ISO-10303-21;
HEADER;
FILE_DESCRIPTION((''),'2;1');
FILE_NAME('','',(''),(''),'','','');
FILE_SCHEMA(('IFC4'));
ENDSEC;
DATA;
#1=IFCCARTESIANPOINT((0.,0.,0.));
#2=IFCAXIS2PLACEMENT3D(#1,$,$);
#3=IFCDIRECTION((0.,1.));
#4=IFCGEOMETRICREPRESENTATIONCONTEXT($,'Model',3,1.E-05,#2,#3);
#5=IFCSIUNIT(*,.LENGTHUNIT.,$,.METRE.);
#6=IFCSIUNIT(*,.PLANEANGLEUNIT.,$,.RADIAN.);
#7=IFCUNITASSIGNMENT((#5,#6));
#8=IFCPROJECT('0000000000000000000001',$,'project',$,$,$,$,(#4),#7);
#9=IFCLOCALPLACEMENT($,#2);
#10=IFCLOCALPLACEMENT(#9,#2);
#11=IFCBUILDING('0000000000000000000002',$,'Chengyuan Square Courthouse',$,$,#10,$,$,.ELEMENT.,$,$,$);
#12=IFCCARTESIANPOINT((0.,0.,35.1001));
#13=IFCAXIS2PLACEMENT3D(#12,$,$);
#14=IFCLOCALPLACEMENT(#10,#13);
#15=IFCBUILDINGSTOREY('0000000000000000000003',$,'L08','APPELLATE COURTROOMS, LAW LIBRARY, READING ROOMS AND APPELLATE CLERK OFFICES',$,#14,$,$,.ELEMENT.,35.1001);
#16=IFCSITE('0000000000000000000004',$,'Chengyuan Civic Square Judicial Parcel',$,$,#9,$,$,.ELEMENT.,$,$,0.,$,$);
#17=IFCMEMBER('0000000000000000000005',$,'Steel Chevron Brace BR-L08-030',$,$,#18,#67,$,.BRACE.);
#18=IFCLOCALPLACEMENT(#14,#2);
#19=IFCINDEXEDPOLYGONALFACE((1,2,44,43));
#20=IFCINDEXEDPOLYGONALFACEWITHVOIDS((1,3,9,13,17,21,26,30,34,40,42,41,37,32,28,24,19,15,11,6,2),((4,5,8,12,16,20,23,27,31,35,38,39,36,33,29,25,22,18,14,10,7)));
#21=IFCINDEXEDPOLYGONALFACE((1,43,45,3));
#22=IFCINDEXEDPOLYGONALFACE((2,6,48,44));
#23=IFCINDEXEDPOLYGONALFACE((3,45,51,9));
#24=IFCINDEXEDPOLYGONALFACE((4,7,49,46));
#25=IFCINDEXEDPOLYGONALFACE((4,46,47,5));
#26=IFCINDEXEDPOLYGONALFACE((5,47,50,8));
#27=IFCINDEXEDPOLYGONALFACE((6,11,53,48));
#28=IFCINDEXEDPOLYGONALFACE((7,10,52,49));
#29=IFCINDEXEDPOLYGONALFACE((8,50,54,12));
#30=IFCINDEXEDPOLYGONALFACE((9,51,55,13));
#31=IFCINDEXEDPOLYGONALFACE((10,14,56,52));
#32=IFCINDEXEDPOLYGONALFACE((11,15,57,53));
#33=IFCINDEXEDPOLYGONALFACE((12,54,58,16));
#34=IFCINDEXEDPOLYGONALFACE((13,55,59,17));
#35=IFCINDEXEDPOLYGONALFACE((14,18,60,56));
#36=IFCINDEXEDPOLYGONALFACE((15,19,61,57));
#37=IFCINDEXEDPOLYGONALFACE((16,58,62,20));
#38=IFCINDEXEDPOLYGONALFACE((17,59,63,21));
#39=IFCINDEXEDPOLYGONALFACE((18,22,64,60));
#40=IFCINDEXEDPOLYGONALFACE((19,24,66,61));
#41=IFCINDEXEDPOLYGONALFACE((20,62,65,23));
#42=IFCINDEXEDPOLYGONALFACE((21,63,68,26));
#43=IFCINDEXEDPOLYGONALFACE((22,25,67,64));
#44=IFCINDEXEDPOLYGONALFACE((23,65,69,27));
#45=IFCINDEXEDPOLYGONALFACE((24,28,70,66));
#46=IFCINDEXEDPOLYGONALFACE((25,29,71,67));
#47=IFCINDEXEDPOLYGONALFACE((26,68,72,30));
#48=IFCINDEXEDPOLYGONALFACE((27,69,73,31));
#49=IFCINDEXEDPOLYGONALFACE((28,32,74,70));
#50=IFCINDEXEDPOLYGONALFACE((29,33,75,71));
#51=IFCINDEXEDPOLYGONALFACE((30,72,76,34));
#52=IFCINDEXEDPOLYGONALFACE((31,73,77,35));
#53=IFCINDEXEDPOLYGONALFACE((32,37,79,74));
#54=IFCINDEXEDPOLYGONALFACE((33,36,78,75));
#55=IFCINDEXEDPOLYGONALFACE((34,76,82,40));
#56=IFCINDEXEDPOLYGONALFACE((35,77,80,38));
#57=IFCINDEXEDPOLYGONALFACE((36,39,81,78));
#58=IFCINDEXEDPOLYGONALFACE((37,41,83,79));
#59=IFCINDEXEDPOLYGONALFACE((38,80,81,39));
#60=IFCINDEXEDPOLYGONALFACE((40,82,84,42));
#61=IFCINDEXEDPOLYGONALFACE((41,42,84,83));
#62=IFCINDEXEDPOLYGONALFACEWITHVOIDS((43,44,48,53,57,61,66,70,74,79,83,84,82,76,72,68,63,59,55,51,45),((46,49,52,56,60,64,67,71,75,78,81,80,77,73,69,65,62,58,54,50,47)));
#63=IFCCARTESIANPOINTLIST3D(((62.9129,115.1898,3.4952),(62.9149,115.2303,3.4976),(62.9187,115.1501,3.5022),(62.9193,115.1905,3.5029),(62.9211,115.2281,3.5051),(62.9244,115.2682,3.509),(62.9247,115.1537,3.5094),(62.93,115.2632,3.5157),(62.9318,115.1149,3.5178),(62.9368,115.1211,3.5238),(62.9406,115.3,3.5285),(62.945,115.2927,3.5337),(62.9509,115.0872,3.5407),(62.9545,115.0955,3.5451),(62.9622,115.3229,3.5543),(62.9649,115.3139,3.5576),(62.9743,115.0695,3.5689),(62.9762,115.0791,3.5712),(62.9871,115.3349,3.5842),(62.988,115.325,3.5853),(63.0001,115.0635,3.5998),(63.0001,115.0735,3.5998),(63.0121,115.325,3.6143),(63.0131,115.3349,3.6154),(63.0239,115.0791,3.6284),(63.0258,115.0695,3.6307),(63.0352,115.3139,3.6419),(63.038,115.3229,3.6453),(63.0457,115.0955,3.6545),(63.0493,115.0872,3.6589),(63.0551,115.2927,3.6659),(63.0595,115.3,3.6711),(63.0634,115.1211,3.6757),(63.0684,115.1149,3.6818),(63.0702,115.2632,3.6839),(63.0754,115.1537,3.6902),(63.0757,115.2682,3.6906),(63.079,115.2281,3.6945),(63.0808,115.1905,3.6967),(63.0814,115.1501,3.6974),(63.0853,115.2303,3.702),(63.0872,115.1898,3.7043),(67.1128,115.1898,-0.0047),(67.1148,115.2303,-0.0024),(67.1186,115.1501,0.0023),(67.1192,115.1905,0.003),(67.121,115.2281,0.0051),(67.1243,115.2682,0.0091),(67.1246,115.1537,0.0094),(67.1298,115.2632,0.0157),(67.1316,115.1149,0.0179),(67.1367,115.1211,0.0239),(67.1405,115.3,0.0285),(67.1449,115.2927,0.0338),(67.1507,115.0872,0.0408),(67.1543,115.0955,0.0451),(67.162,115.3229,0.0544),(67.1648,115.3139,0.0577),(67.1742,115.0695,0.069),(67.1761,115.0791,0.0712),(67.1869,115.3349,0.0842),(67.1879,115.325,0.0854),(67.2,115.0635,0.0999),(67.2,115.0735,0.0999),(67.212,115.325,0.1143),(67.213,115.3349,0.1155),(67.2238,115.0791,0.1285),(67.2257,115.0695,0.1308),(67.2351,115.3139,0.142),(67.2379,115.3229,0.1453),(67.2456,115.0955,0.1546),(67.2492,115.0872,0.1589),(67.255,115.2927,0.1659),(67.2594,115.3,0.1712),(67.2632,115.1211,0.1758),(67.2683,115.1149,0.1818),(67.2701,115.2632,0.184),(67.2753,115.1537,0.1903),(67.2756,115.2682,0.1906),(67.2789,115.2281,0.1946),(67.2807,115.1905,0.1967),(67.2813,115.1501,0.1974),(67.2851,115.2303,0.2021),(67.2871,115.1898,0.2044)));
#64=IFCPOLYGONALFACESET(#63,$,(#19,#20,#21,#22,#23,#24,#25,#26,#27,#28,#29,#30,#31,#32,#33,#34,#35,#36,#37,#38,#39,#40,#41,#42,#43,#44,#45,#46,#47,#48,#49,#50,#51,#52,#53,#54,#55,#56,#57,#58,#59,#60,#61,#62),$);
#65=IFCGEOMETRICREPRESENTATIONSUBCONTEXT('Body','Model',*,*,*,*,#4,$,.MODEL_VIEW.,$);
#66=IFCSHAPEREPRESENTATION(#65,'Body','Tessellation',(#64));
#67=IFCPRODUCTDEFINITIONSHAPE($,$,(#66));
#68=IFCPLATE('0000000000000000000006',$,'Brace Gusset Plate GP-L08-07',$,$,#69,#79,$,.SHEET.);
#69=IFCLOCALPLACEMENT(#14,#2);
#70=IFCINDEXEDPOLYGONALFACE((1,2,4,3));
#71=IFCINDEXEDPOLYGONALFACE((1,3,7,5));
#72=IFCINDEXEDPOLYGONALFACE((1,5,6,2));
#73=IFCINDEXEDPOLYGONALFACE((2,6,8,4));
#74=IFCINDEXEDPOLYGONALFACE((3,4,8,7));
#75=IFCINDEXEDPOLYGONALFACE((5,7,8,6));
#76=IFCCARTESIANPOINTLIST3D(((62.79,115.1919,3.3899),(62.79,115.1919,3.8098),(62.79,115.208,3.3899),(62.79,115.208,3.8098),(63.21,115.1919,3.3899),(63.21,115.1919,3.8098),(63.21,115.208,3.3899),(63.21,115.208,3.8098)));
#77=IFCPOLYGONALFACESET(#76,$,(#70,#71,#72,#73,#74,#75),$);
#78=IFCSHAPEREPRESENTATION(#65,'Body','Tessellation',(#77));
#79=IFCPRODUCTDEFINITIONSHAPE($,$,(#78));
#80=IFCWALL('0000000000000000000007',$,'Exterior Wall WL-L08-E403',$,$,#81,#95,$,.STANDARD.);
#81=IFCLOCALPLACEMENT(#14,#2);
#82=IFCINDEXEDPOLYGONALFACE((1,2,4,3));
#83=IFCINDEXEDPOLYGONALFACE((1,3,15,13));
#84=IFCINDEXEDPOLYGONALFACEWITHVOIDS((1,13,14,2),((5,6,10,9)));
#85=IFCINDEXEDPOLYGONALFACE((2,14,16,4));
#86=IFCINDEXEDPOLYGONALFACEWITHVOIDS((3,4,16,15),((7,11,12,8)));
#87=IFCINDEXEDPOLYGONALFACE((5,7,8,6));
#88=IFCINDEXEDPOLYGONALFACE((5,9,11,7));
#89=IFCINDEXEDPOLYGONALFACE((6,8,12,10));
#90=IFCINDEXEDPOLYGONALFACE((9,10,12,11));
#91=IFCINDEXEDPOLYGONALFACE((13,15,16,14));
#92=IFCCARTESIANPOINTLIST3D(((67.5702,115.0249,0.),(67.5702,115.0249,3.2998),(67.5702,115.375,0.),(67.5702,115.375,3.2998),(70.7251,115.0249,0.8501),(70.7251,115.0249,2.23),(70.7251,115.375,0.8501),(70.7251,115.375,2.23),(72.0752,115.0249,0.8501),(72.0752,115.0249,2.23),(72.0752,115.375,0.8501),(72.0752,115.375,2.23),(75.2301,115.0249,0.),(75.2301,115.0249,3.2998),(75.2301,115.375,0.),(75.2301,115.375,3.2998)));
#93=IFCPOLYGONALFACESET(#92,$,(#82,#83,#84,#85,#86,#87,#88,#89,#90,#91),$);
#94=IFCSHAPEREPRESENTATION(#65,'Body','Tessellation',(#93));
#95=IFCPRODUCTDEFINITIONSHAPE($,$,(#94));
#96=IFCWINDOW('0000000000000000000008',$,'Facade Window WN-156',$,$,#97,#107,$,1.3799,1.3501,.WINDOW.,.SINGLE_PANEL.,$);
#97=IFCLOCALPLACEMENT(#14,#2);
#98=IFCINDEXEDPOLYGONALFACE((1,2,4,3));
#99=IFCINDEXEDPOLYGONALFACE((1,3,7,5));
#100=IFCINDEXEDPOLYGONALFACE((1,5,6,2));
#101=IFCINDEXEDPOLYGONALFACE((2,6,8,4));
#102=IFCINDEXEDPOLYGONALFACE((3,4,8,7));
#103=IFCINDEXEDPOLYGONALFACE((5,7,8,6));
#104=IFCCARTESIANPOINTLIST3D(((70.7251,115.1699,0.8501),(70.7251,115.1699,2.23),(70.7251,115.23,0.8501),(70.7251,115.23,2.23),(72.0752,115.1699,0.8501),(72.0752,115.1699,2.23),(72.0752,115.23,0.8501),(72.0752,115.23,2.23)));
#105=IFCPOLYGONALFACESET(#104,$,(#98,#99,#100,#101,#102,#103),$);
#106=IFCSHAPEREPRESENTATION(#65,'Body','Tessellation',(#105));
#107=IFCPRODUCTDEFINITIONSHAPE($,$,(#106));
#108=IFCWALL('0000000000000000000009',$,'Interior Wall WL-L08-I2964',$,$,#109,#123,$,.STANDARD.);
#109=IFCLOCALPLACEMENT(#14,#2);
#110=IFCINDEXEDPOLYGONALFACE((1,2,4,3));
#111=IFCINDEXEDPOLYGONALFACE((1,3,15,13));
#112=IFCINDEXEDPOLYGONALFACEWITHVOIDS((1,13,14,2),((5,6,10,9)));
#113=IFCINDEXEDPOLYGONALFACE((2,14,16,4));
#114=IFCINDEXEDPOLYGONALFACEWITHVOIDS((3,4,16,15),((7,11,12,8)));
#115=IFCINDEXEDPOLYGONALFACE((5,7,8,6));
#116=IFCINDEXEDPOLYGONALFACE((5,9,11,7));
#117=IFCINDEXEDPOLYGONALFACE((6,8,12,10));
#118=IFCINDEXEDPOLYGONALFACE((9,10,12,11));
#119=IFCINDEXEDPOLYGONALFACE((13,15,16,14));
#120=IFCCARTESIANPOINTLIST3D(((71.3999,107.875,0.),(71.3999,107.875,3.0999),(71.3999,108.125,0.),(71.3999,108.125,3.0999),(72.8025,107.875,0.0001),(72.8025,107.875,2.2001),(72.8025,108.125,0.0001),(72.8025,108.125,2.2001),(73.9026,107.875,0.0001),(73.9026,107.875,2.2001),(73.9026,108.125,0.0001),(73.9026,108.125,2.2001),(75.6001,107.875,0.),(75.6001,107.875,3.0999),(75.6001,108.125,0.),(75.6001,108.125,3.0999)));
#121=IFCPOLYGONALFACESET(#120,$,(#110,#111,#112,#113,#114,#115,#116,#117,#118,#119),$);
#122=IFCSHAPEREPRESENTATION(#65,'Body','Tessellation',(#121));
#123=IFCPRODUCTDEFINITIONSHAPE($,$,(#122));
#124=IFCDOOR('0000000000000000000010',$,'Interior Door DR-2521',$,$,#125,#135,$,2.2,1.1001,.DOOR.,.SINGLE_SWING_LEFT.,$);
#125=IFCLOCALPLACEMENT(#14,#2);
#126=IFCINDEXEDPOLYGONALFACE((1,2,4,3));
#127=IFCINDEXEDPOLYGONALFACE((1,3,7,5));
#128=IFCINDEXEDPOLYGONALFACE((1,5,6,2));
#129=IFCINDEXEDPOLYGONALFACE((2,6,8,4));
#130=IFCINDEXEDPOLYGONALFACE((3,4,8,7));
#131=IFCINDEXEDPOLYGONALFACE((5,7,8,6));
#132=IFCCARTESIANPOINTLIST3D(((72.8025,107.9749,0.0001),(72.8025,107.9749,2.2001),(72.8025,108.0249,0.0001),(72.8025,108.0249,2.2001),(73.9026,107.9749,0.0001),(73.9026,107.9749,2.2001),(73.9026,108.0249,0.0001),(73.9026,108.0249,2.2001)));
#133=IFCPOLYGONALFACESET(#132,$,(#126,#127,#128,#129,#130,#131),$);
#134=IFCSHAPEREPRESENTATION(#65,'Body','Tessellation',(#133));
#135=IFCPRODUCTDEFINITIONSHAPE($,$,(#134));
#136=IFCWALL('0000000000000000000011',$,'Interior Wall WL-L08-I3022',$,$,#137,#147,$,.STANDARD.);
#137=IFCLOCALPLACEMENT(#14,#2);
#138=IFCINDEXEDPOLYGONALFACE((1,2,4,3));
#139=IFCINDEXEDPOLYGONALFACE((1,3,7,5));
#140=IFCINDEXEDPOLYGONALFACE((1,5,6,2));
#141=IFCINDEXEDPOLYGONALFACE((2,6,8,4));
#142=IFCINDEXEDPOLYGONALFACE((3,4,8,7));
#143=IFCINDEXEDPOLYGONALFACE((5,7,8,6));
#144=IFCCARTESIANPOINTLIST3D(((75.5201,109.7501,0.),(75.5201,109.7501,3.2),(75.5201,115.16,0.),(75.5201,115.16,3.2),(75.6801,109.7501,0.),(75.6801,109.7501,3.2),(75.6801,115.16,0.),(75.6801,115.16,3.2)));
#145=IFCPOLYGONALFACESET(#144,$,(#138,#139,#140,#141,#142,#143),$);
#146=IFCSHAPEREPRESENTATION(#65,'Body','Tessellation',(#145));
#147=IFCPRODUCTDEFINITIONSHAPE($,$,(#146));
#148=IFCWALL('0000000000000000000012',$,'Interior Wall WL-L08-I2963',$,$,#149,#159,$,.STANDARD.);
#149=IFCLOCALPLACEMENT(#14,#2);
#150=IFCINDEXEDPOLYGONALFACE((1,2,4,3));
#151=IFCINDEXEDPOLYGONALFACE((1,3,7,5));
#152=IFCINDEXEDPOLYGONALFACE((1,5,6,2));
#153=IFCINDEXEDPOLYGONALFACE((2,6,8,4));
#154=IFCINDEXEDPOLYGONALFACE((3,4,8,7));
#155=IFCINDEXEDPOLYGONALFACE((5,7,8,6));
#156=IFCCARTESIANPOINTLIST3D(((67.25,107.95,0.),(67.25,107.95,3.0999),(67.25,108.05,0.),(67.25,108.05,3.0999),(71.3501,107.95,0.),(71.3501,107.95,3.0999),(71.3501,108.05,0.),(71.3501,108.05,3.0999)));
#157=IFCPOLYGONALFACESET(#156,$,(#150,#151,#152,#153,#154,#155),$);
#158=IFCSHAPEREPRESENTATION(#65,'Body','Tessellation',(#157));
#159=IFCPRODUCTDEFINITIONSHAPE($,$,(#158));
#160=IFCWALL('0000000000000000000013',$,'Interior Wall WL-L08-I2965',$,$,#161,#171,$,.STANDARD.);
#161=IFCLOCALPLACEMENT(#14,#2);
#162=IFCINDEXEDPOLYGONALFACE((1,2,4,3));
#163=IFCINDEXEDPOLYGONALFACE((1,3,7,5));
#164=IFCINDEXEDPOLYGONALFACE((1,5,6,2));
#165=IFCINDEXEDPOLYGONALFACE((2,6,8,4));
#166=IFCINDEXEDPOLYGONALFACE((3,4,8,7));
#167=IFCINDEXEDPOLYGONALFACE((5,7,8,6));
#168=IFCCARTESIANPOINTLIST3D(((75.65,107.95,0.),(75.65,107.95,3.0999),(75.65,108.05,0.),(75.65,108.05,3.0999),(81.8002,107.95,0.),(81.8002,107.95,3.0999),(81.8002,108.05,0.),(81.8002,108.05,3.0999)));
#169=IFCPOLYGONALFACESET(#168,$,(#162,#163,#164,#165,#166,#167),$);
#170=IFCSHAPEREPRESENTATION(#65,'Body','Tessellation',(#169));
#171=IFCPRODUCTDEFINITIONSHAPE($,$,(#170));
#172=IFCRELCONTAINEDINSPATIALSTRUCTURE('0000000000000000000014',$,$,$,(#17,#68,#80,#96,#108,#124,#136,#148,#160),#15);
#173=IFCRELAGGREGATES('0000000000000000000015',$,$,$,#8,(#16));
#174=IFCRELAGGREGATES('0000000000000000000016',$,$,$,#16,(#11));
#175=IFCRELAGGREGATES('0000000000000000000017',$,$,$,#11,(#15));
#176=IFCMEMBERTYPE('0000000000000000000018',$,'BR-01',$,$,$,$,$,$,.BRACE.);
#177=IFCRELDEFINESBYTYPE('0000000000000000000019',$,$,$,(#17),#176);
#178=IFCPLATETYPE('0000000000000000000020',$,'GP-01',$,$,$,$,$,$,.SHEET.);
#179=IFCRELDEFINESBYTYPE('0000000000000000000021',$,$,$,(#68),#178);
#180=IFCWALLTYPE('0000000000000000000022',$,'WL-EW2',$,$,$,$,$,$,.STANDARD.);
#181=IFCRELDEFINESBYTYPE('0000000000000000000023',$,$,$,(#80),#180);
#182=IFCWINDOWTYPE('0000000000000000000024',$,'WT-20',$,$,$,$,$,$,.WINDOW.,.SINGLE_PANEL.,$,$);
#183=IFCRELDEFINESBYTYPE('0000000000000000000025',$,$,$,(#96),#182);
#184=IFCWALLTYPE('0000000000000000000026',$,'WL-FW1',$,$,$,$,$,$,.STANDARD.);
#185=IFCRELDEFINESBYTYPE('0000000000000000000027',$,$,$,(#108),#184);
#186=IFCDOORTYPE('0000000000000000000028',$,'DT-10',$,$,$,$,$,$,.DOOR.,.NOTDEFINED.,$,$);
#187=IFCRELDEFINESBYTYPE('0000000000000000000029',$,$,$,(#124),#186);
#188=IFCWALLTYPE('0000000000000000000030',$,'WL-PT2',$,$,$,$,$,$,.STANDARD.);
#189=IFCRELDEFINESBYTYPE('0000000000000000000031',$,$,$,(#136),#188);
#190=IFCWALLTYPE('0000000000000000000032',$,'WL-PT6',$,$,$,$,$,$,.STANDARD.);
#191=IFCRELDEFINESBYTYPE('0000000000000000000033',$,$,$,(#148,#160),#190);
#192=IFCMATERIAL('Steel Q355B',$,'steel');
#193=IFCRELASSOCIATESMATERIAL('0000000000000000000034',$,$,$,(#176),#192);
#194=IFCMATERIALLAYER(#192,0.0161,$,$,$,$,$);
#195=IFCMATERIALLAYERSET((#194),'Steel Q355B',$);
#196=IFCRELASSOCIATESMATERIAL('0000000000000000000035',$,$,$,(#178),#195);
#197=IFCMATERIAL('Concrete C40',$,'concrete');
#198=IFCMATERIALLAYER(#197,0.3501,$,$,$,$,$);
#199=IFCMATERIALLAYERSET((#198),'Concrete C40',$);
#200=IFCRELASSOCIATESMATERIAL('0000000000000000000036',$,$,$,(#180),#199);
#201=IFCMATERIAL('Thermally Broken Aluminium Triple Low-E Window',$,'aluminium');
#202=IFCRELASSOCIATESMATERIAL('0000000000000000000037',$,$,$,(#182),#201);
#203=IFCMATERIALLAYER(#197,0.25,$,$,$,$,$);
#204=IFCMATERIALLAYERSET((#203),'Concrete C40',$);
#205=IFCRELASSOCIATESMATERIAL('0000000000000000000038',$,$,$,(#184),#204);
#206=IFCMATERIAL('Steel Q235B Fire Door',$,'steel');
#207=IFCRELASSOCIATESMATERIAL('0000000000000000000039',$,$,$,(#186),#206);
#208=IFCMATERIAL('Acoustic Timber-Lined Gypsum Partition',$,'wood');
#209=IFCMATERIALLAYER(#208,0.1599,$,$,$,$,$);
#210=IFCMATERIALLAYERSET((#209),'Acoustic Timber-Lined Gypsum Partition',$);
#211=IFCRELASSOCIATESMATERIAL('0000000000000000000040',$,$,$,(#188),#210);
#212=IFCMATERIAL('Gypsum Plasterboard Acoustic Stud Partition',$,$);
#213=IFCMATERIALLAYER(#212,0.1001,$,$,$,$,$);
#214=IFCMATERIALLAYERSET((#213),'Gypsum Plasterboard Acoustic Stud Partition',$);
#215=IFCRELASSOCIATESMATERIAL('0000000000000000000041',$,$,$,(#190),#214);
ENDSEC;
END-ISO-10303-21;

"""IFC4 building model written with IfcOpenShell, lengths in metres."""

from ifc_helpers import new_model, si_unit, direction, frame, frame_2d, origin, origin_2d, place, context, subcontext, project, spatial, rectangle, hollow_circle, extrude, material, layer, layer_set, material_profile, profile_set, type_object, element, fill, save


model = new_model("IFC4")

# Units and contexts
model_context = context("Model", 3, precision=1e-05, world=origin(), true_north=direction((0.0, 1.0)))
body_context = subcontext(model_context, "Body", "Model", "MODEL_VIEW")
ifc_project = project(units=[si_unit("LENGTHUNIT", "METRE"), si_unit("PLANEANGLEUNIT", "RADIAN")], contexts=[model_context])

# Site, building, storey
site_placement = place(None, origin())
site = spatial("IfcSite", under=ifc_project, at=site_placement, Name="Chengyuan Civic Square Judicial Parcel", CompositionType="ELEMENT", RefElevation=0.0)
building_placement = place(site_placement, origin())
building = spatial("IfcBuilding", under=site, at=building_placement, Name="Chengyuan Square Courthouse", CompositionType="ELEMENT")
storey_placement = place(building_placement, frame((0.0, 0.0, 35.1001)))
storey = spatial("IfcBuildingStorey", under=building, at=storey_placement, Name="L08", Description="APPELLATE COURTROOMS, LAW LIBRARY, READING ROOMS AND APPELLATE CLERK OFFICES", CompositionType="ELEMENT", Elevation=35.1001)

# Shared definitions
ifc_material_1 = material(Name="Concrete C40", Category="concrete")

# Shared definitions
ifc_material_2 = material(Name="Steel Q355B", Category="steel")

# Member
ifc_material_profile_1 = material_profile(ifc_material_2, hollow_circle(Radius=0.1365, WallThickness=0.01, at=origin_2d()), Name="CHS 273x10")
ifc_profile_set_1 = profile_set([ifc_material_profile_1], Name="Steel Q355B")
member_type = type_object("IfcMemberType", Name="BR-01", PredefinedType="BRACE", material=ifc_profile_set_1)
member_placement = place(storey_placement, frame((67.2, 115.2, 0.0999), z_axis=(-0.768218, 0.0, 0.640189), x_axis=(0.0, -1.0, 0.0)))
element("IfcMember", 1, at=member_placement, inside=storey, type_object=member_type, Name="Steel Chevron Brace BR-L08-030", PredefinedType="BRACE", context=body_context, shape_type="SweptSolid", body=[
    extrude(hollow_circle(Radius=0.1365, WallThickness=0.01, at=origin_2d()), origin(), (0.0, 0.0, 1.0), 5.467),
])

# Plate
ifc_layer_1 = layer(ifc_material_2, 0.0161)
ifc_layer_set_1 = layer_set([ifc_layer_1], Name="Steel Q355B")
plate_type = type_object("IfcPlateType", Name="GP-01", PredefinedType="SHEET", material=ifc_layer_set_1)
plate_placement = place(storey_placement, frame((63.0, 115.2, 3.3899), z_axis=(0.0, 0.0, 1.0), x_axis=(1.0, 0.0, 0.0)))
element("IfcPlate", 2, at=plate_placement, inside=storey, type_object=plate_type, Name="Brace Gusset Plate GP-L08-07", PredefinedType="SHEET", context=body_context, shape_type="SweptSolid", body=[
    extrude(rectangle(XDim=0.4199, YDim=0.0161, at=origin_2d()), origin(), (0.0, 0.0, 1.0), 0.4199),
])

# Wall, opening, window
ifc_layer_2 = layer(ifc_material_1, 0.3501)
ifc_layer_set_2 = layer_set([ifc_layer_2], Name="Concrete C40")
wall_type_1 = type_object("IfcWallType", Name="WL-EW2", PredefinedType="STANDARD", material=ifc_layer_set_2)
wall_1_placement = place(storey_placement, frame((67.5701, 115.2, 0.0), z_axis=(0.0, 0.0, 1.0), x_axis=(1.0, 0.0, 0.0)))
wall_1 = element("IfcWall", 3, at=wall_1_placement, inside=storey, type_object=wall_type_1, Name="Exterior Wall WL-L08-E403", PredefinedType="STANDARD", context=body_context, shape_type="SweptSolid", body=[
    extrude(rectangle(XDim=7.6599, YDim=0.3501, at=frame_2d((3.8301, 0.0))), origin(), (0.0, 0.0, 1.0), 3.2998),
])
opening_1_placement = place(wall_1_placement, frame((3.155, 0.0, 0.8501)))
opening_1 = element("IfcOpeningElement", 4, at=opening_1_placement, cuts=wall_1, PredefinedType="OPENING", context=body_context, shape_type="SweptSolid", body=[
    extrude(rectangle(XDim=1.3501, YDim=1.3799, at=frame_2d((0.675, 0.6899))), frame((0.0, 0.187, 0.0), z_axis=(0.0, -1.0, 0.0), x_axis=(1.0, 0.0, 0.0)), (0.0, 0.0, 1.0), 0.374),
])
ifc_material_3 = material(Name="Thermally Broken Aluminium Triple Low-E Window", Category="aluminium")
window_type = type_object("IfcWindowType", Name="WT-20", PartitioningType="SINGLE_PANEL", PredefinedType="WINDOW", material=ifc_material_3)
window_placement = place(opening_1_placement, origin())
window = element("IfcWindow", 5, at=window_placement, inside=storey, type_object=window_type, Name="Facade Window WN-156", OverallHeight=1.3799, OverallWidth=1.3501, PartitioningType="SINGLE_PANEL", PredefinedType="WINDOW", context=body_context, shape_type="SweptSolid", body=[
    extrude(rectangle(XDim=1.3501, YDim=1.3799, at=frame_2d((0.675, 0.6899))), frame((0.0, 0.03, 0.0), z_axis=(0.0, -1.0, 0.0), x_axis=(1.0, 0.0, 0.0)), (0.0, 0.0, 1.0), 0.0601),
])
fill(opening_1, window)

# Wall, opening, door
ifc_layer_3 = layer(ifc_material_1, 0.25)
ifc_layer_set_3 = layer_set([ifc_layer_3], Name="Concrete C40")
wall_type_2 = type_object("IfcWallType", Name="WL-FW1", PredefinedType="STANDARD", material=ifc_layer_set_3)
wall_2_placement = place(storey_placement, frame((71.3999, 108.0, 0.0), z_axis=(0.0, 0.0, 1.0), x_axis=(1.0, 0.0, 0.0)))
wall_2 = element("IfcWall", 6, at=wall_2_placement, inside=storey, type_object=wall_type_2, Name="Interior Wall WL-L08-I2964", PredefinedType="STANDARD", context=body_context, shape_type="SweptSolid", body=[
    extrude(rectangle(XDim=4.2002, YDim=0.25, at=frame_2d((2.1001, 0.0))), origin(), (0.0, 0.0, 1.0), 3.0999),
])
opening_2_placement = place(wall_2_placement, frame((1.4026, 0.0, 0.0)))
opening_2 = element("IfcOpeningElement", 7, at=opening_2_placement, cuts=wall_2, PredefinedType="OPENING", context=body_context, shape_type="SweptSolid", body=[
    extrude(rectangle(XDim=1.1001, YDim=2.2, at=frame_2d((0.55, 1.1001))), frame((0.0, 0.137, 0.0), z_axis=(0.0, -1.0, 0.0), x_axis=(1.0, 0.0, 0.0)), (0.0, 0.0, 1.0), 0.2739),
])
ifc_material_4 = material(Name="Steel Q235B Fire Door", Category="steel")
door_type_1 = type_object("IfcDoorType", Name="DT-10", OperationType="NOTDEFINED", PredefinedType="DOOR", material=ifc_material_4)
door_1_placement = place(opening_2_placement, origin())
door_1 = element("IfcDoor", 8, at=door_1_placement, inside=storey, type_object=door_type_1, Name="Interior Door DR-2521", OperationType="SINGLE_SWING_LEFT", OverallHeight=2.2, OverallWidth=1.1001, PredefinedType="DOOR", context=body_context, shape_type="SweptSolid", body=[
    extrude(rectangle(XDim=1.1001, YDim=2.2, at=frame_2d((0.55, 1.1001))), frame((0.0, 0.0249, 0.0), z_axis=(0.0, -1.0, 0.0), x_axis=(1.0, 0.0, 0.0)), (0.0, 0.0, 1.0), 0.05),
])
fill(opening_2, door_1)

# Walls
ifc_material_5 = material(Name="Acoustic Timber-Lined Gypsum Partition", Category="wood")
ifc_layer_4 = layer(ifc_material_5, 0.1599)
ifc_layer_set_4 = layer_set([ifc_layer_4], Name="Acoustic Timber-Lined Gypsum Partition")
wall_type_3 = type_object("IfcWallType", Name="WL-PT2", PredefinedType="STANDARD", material=ifc_layer_set_4)
wall_3_placement = place(storey_placement, frame((75.6001, 109.75, 0.0), z_axis=(0.0, 0.0, 1.0), x_axis=(0.0, 1.0, 0.0)))
element("IfcWall", 9, at=wall_3_placement, inside=storey, type_object=wall_type_3, Name="Interior Wall WL-L08-I3022", PredefinedType="STANDARD", context=body_context, shape_type="SweptSolid", body=[
    extrude(rectangle(XDim=5.4099, YDim=0.1599, at=frame_2d((2.7051, 0.0))), origin(), (0.0, 0.0, 1.0), 3.2),
])
ifc_material_6 = material(Name="Gypsum Plasterboard Acoustic Stud Partition")
ifc_layer_5 = layer(ifc_material_6, 0.1001)
ifc_layer_set_5 = layer_set([ifc_layer_5], Name="Gypsum Plasterboard Acoustic Stud Partition")
wall_type_4 = type_object("IfcWallType", Name="WL-PT6", PredefinedType="STANDARD", material=ifc_layer_set_5)
wall_4_placement = place(storey_placement, frame((67.25, 108.0, 0.0), z_axis=(0.0, 0.0, 1.0), x_axis=(1.0, 0.0, 0.0)))
element("IfcWall", 10, at=wall_4_placement, inside=storey, type_object=wall_type_4, Name="Interior Wall WL-L08-I2963", PredefinedType="STANDARD", context=body_context, shape_type="SweptSolid", body=[
    extrude(rectangle(XDim=4.1001, YDim=0.1001, at=frame_2d((2.05, 0.0))), origin(), (0.0, 0.0, 1.0), 3.0999),
])
wall_5_placement = place(storey_placement, frame((75.6499, 108.0, 0.0), z_axis=(0.0, 0.0, 1.0), x_axis=(1.0, 0.0, 0.0)))
element("IfcWall", 11, at=wall_5_placement, inside=storey, type_object=wall_type_4, Name="Interior Wall WL-L08-I2965", PredefinedType="STANDARD", context=body_context, shape_type="SweptSolid", body=[
    extrude(rectangle(XDim=6.1501, YDim=0.1001, at=frame_2d((3.0752, 0.0))), origin(), (0.0, 0.0, 1.0), 3.0999),
])

save(model, "model.ifc")
